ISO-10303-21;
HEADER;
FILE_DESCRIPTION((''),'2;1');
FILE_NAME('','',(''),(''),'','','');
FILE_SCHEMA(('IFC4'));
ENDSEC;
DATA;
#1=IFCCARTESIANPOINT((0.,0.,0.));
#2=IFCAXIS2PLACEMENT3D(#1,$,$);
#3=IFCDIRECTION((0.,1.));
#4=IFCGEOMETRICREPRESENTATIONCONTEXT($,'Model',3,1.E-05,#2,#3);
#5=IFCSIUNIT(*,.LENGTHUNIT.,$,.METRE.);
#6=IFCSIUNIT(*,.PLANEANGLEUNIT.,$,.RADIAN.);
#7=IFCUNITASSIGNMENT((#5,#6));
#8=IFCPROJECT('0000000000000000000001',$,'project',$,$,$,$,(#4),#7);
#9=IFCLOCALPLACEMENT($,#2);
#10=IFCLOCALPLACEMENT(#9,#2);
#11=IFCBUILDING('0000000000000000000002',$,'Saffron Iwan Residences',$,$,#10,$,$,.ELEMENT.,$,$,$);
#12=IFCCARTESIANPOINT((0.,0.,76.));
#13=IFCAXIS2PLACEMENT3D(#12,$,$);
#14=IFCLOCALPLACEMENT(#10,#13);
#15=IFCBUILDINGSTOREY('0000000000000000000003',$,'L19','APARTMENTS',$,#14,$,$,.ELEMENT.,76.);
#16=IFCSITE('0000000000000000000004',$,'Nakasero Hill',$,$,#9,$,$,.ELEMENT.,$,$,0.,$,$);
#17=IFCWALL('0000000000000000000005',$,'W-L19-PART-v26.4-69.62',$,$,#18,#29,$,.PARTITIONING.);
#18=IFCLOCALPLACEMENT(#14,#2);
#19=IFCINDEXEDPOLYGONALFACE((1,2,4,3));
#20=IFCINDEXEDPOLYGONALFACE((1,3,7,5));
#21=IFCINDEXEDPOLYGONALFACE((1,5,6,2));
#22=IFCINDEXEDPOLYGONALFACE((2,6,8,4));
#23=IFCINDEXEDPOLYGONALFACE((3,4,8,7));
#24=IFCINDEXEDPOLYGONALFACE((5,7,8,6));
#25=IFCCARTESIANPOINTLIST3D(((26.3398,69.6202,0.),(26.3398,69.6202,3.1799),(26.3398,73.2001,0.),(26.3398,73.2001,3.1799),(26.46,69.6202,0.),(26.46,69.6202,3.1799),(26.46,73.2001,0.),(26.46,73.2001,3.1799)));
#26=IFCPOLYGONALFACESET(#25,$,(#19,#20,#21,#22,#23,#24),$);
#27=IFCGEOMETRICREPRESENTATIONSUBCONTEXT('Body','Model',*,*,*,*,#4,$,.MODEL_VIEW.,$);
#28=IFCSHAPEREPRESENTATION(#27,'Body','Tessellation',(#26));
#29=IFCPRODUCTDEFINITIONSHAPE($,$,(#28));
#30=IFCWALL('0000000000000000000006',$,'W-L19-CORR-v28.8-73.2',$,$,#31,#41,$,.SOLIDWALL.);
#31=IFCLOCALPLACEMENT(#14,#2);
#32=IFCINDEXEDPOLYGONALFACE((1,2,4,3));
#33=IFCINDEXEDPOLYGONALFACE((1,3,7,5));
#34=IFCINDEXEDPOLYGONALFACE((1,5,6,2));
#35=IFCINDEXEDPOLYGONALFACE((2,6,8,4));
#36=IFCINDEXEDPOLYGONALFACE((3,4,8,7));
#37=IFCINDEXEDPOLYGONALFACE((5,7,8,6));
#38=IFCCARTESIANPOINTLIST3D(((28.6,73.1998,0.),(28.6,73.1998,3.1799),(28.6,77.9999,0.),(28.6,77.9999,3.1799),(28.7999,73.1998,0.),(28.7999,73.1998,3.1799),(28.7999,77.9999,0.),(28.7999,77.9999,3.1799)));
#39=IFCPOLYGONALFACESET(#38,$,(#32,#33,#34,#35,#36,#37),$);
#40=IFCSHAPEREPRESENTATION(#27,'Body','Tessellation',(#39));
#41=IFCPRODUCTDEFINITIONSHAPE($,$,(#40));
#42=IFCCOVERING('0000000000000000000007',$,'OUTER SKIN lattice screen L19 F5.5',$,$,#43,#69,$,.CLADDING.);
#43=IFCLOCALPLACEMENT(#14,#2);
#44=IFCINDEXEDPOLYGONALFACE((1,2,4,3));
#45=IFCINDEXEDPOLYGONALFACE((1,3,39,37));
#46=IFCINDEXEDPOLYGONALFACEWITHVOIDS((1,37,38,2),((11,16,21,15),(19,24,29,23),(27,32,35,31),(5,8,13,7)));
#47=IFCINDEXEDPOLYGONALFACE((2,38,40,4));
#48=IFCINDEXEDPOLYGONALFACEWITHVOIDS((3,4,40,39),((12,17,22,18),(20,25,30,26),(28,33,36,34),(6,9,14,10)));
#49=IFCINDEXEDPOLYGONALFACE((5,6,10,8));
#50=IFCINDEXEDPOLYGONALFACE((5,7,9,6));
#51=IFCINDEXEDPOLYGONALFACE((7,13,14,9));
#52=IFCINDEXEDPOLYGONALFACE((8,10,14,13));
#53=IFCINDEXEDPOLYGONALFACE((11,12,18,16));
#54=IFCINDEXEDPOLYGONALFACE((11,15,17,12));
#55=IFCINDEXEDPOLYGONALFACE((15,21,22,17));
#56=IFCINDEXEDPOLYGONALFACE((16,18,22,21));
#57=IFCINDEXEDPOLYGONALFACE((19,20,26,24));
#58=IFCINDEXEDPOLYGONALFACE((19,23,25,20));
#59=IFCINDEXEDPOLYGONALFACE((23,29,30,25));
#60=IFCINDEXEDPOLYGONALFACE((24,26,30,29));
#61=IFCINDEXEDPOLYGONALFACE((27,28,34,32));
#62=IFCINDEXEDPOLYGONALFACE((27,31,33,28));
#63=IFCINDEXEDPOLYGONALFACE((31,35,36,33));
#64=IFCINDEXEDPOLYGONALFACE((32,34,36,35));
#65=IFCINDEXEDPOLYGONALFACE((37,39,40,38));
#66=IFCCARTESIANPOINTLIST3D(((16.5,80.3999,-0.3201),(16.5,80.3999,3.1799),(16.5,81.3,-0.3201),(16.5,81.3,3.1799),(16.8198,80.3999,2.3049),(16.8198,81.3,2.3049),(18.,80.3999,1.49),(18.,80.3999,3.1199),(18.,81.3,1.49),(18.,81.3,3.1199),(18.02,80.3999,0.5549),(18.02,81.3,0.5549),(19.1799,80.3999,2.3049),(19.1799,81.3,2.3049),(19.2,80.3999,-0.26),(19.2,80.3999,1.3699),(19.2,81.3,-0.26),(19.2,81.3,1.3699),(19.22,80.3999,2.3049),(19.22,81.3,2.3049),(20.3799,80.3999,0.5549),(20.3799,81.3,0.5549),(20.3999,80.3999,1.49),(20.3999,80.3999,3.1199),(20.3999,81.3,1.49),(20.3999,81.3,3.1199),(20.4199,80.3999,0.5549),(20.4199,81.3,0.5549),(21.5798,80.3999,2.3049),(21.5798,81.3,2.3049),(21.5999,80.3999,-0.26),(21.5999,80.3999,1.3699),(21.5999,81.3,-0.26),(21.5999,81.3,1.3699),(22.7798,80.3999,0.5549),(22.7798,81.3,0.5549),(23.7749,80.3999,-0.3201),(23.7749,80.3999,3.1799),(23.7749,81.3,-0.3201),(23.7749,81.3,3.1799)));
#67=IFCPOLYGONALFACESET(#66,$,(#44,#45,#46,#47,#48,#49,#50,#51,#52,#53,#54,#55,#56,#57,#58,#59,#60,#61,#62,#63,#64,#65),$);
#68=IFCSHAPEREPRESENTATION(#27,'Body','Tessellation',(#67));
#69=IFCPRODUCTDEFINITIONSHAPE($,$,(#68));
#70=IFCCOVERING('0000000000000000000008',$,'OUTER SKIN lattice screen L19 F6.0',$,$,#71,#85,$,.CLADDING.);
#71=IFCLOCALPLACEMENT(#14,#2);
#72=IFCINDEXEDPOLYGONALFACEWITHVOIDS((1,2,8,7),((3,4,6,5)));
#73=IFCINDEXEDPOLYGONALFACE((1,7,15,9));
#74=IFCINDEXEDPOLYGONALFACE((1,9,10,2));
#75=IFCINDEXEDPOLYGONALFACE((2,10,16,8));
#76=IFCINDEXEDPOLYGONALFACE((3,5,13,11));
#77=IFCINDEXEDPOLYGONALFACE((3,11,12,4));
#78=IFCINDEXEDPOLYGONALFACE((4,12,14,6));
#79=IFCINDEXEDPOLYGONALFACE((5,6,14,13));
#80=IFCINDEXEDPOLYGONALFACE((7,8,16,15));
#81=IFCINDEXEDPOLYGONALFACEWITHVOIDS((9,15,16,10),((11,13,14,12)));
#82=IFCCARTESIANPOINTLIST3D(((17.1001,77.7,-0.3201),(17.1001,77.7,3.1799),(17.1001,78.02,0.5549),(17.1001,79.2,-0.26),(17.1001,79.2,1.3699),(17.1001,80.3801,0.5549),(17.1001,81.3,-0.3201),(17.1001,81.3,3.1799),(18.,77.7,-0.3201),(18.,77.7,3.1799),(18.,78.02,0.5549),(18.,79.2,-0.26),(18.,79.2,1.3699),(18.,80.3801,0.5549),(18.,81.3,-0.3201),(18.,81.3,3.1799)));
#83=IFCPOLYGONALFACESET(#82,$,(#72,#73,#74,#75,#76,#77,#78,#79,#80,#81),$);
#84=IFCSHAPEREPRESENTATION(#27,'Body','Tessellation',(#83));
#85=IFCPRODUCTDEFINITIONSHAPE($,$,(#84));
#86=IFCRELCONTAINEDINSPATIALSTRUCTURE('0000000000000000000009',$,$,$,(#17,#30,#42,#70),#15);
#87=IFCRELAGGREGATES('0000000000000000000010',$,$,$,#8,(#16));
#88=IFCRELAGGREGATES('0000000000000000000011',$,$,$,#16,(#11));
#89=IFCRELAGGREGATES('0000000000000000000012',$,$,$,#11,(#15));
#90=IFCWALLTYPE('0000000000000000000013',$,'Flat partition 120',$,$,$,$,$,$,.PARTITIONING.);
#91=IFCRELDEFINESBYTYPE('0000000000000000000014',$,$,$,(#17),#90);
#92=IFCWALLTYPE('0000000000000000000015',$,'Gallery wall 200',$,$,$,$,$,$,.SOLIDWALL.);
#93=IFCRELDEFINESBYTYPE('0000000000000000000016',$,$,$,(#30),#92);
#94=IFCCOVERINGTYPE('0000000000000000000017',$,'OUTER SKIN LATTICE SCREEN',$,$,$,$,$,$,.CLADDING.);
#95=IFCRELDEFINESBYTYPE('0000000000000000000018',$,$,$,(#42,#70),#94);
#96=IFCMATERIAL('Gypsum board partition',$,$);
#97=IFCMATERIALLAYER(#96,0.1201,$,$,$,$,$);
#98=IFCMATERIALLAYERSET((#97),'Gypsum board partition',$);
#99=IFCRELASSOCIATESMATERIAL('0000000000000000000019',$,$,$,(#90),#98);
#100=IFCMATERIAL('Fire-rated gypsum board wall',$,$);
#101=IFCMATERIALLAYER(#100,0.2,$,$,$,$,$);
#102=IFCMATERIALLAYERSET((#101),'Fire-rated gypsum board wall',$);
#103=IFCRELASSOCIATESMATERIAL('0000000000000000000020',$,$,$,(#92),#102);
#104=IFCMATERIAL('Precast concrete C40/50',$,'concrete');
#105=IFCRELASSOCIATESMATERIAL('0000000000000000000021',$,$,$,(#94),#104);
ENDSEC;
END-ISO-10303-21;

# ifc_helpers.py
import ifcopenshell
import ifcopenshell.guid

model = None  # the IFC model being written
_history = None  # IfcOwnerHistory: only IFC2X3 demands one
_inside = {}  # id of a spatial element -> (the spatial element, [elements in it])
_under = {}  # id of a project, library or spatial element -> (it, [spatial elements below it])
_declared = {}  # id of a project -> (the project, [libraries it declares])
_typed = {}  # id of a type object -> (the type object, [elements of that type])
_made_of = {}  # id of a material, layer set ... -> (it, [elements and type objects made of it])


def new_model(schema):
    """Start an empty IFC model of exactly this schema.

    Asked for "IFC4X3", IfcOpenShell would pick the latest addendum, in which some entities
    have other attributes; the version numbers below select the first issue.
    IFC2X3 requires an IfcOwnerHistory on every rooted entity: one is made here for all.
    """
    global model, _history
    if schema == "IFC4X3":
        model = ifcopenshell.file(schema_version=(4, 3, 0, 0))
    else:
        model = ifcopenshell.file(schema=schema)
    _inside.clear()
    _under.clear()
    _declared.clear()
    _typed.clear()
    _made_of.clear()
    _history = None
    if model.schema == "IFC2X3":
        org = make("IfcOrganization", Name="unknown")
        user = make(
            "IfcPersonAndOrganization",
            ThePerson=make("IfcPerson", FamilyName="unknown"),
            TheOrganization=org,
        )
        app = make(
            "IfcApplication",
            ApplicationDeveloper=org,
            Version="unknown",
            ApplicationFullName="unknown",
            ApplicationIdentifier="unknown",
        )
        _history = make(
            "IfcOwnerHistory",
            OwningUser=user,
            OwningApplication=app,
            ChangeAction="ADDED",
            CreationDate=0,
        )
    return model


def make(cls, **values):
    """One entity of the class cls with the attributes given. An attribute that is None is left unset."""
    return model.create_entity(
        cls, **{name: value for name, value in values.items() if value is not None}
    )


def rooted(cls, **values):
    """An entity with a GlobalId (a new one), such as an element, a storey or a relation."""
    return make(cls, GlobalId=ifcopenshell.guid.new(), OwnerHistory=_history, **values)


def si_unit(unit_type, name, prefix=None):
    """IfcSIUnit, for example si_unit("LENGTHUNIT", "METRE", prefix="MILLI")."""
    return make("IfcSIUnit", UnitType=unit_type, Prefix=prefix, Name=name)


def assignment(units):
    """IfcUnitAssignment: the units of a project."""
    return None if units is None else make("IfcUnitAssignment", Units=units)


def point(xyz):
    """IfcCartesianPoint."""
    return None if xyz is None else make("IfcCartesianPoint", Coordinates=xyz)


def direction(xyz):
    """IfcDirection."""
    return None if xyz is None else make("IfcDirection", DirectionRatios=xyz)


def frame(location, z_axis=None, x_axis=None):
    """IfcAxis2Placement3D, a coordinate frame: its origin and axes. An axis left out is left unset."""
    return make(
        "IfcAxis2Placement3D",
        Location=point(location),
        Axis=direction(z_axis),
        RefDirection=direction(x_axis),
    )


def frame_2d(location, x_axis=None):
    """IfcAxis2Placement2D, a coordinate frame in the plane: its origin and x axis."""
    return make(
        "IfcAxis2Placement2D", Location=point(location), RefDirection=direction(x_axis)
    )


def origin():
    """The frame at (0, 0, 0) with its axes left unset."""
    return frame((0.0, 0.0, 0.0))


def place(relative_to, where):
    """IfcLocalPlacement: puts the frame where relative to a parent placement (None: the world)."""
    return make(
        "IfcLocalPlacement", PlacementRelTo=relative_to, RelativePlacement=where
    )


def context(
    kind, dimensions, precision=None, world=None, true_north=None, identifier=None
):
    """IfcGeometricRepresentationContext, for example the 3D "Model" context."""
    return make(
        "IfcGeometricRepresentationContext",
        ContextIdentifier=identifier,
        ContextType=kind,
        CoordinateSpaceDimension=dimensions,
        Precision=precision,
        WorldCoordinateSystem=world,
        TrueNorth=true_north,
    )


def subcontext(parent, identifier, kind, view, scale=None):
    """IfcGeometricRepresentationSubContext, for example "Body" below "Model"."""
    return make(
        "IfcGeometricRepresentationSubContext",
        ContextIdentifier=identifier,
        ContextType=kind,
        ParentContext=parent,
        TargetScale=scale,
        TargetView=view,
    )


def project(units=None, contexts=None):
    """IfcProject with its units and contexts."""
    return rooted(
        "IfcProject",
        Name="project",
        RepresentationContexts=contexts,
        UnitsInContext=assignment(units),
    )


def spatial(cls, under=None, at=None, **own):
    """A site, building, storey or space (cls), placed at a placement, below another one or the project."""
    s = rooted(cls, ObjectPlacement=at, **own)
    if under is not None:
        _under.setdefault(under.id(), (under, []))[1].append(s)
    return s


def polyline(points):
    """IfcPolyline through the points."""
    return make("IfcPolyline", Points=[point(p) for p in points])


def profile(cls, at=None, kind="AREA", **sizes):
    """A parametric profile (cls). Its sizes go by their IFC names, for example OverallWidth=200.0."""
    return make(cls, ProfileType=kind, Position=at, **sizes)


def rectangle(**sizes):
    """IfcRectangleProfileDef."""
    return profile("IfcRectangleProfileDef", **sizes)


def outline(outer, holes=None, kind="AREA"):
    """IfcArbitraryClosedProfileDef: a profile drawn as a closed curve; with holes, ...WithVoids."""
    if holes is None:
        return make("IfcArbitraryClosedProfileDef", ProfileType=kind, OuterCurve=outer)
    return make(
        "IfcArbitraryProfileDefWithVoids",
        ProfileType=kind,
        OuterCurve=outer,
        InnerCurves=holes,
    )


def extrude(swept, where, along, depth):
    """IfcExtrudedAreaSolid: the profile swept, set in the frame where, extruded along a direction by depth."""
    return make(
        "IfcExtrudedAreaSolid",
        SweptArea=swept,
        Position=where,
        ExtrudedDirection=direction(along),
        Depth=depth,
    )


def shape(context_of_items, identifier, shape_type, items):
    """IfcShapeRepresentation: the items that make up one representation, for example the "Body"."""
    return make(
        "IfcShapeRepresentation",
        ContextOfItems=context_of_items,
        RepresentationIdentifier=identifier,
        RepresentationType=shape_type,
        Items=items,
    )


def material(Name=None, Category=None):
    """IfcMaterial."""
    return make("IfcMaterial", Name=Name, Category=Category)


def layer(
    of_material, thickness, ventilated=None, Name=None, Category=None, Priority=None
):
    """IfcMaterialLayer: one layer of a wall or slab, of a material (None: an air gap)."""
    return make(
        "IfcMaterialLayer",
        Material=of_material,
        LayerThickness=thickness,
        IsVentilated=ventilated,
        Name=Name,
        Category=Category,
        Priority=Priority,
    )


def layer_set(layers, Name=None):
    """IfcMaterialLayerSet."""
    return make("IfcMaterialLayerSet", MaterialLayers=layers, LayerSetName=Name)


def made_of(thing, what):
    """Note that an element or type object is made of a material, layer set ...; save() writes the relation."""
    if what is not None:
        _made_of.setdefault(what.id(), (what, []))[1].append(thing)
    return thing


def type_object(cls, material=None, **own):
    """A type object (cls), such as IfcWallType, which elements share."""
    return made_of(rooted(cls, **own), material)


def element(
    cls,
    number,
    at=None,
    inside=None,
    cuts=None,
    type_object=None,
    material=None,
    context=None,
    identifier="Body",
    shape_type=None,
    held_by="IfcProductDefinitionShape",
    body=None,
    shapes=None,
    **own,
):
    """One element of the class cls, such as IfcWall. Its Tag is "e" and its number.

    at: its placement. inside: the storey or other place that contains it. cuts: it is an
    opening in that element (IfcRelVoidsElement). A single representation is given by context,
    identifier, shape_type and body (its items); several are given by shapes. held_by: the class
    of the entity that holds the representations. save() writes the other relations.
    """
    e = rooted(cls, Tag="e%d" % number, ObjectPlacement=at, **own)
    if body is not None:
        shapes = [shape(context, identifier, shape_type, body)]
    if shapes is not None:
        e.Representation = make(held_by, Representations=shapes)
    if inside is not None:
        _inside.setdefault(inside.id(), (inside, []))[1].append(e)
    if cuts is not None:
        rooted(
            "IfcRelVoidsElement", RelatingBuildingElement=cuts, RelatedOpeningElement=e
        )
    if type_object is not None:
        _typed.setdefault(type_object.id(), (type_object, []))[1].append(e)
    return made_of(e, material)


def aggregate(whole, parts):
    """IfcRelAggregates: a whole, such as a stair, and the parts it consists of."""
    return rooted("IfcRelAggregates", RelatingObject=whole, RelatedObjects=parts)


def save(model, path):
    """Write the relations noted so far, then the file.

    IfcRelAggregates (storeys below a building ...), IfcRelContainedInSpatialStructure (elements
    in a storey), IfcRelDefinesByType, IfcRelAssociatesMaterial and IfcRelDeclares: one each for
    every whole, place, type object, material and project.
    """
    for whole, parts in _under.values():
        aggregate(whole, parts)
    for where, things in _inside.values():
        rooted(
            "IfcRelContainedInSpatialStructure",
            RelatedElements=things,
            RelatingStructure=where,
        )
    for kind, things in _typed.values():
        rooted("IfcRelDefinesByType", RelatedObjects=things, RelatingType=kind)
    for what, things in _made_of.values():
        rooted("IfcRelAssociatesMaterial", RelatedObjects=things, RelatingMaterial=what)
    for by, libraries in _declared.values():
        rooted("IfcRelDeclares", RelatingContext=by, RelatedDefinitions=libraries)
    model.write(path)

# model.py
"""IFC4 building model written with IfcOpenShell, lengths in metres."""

from ifc_helpers import new_model, si_unit, direction, frame, frame_2d, origin, place, context, subcontext, project, spatial, polyline, rectangle, outline, extrude, material, layer, layer_set, type_object, element, save


model = new_model("IFC4")

# Units and contexts
model_context = context("Model", 3, precision=1e-05, world=origin(), true_north=direction((0.0, 1.0)))
body_context = subcontext(model_context, "Body", "Model", "MODEL_VIEW")
ifc_project = project(units=[si_unit("LENGTHUNIT", "METRE"), si_unit("PLANEANGLEUNIT", "RADIAN")], contexts=[model_context])

# Site, building, storey
site_placement = place(None, origin())
site = spatial("IfcSite", under=ifc_project, at=site_placement, Name="Nakasero Hill", CompositionType="ELEMENT", RefElevation=0.0)
building_placement = place(site_placement, origin())
building = spatial("IfcBuilding", under=site, at=building_placement, Name="Saffron Iwan Residences", CompositionType="ELEMENT")
storey_placement = place(building_placement, frame((0.0, 0.0, 76.0)))
storey = spatial("IfcBuildingStorey", under=building, at=storey_placement, Name="L19", Description="APARTMENTS", CompositionType="ELEMENT", Elevation=76.0)

# Walls
ifc_material_1 = material(Name="Gypsum board partition")
ifc_layer_1 = layer(ifc_material_1, 0.1201)
ifc_layer_set_1 = layer_set([ifc_layer_1], Name="Gypsum board partition")
wall_type_1 = type_object("IfcWallType", Name="Flat partition 120", PredefinedType="PARTITIONING", material=ifc_layer_set_1)
wall_1_placement = place(storey_placement, frame((26.3999, 69.6201, 0.0), z_axis=(0.0, 0.0, 1.0), x_axis=(0.0, 1.0, 0.0)))
element("IfcWall", 1, at=wall_1_placement, inside=storey, type_object=wall_type_1, Name="W-L19-PART-v26.4-69.62", PredefinedType="PARTITIONING", context=body_context, shape_type="SweptSolid", body=[
    extrude(rectangle(XDim=3.5798, YDim=0.1201, at=frame_2d((1.79, 0.0))), origin(), (0.0, 0.0, 1.0), 3.1799),
])
ifc_material_2 = material(Name="Fire-rated gypsum board wall")
ifc_layer_2 = layer(ifc_material_2, 0.2)
ifc_layer_set_2 = layer_set([ifc_layer_2], Name="Fire-rated gypsum board wall")
wall_type_2 = type_object("IfcWallType", Name="Gallery wall 200", PredefinedType="SOLIDWALL", material=ifc_layer_set_2)
wall_2_placement = place(storey_placement, frame((28.7, 73.2, 0.0), z_axis=(0.0, 0.0, 1.0), x_axis=(0.0, 1.0, 0.0)))
element("IfcWall", 2, at=wall_2_placement, inside=storey, type_object=wall_type_2, Name="W-L19-CORR-v28.8-73.2", PredefinedType="SOLIDWALL", context=body_context, shape_type="SweptSolid", body=[
    extrude(rectangle(XDim=4.8, YDim=0.2, at=frame_2d((2.3999, 0.0))), origin(), (0.0, 0.0, 1.0), 3.1799),
])

# Coverings
ifc_material_3 = material(Name="Precast concrete C40/50", Category="concrete")
covering_type = type_object("IfcCoveringType", Name="OUTER SKIN LATTICE SCREEN", PredefinedType="CLADDING", material=ifc_material_3)
covering_1_placement = place(storey_placement, frame((23.7749, 80.3999, -0.3201), z_axis=(0.0, 1.0, 0.0), x_axis=(-1.0, 0.0, 0.0)))
element("IfcCovering", 3, at=covering_1_placement, inside=storey, type_object=covering_type, Name="OUTER SKIN lattice screen L19 F5.5", PredefinedType="CLADDING", context=body_context, shape_type="SweptSolid", body=[
    extrude(outline(polyline([(0.0, 0.0), (7.2749, 0.0), (7.2749, 3.5), (0.0, 3.5), (0.0, 0.0)]), holes=[polyline([(0.9951, 0.875), (2.175, 0.0601), (3.355, 0.875), (2.175, 1.6899), (0.9951, 0.875)]), polyline([(3.395, 0.875), (4.575, 0.0601), (5.7549, 0.875), (4.575, 1.6899), (3.395, 0.875)]), polyline([(2.1951, 2.625), (3.375, 1.8101), (4.5549, 2.625), (3.375, 3.4399), (2.1951, 2.625)]), polyline([(4.595, 2.625), (5.7749, 1.8101), (6.9551, 2.625), (5.7749, 3.4399), (4.595, 2.625)])]), origin(), (0.0, 0.0, 1.0), 0.9001),
])
covering_2_placement = place(storey_placement, frame((18.0, 81.3, -0.3201), z_axis=(-1.0, 0.0, 0.0), x_axis=(0.0, -1.0, 0.0)))
element("IfcCovering", 4, at=covering_2_placement, inside=storey, type_object=covering_type, Name="OUTER SKIN lattice screen L19 F6.0", PredefinedType="CLADDING", context=body_context, shape_type="SweptSolid", body=[
    extrude(outline(polyline([(0.0, 0.0), (3.6001, 0.0), (3.6001, 3.5), (0.0, 3.5), (0.0, 0.0)]), holes=[polyline([(0.9199, 0.875), (2.1001, 0.0601), (3.28, 0.875), (2.1001, 1.6899), (0.9199, 0.875)])]), origin(), (0.0, 0.0, 1.0), 0.8999),
])

save(model, "model.ifc")
